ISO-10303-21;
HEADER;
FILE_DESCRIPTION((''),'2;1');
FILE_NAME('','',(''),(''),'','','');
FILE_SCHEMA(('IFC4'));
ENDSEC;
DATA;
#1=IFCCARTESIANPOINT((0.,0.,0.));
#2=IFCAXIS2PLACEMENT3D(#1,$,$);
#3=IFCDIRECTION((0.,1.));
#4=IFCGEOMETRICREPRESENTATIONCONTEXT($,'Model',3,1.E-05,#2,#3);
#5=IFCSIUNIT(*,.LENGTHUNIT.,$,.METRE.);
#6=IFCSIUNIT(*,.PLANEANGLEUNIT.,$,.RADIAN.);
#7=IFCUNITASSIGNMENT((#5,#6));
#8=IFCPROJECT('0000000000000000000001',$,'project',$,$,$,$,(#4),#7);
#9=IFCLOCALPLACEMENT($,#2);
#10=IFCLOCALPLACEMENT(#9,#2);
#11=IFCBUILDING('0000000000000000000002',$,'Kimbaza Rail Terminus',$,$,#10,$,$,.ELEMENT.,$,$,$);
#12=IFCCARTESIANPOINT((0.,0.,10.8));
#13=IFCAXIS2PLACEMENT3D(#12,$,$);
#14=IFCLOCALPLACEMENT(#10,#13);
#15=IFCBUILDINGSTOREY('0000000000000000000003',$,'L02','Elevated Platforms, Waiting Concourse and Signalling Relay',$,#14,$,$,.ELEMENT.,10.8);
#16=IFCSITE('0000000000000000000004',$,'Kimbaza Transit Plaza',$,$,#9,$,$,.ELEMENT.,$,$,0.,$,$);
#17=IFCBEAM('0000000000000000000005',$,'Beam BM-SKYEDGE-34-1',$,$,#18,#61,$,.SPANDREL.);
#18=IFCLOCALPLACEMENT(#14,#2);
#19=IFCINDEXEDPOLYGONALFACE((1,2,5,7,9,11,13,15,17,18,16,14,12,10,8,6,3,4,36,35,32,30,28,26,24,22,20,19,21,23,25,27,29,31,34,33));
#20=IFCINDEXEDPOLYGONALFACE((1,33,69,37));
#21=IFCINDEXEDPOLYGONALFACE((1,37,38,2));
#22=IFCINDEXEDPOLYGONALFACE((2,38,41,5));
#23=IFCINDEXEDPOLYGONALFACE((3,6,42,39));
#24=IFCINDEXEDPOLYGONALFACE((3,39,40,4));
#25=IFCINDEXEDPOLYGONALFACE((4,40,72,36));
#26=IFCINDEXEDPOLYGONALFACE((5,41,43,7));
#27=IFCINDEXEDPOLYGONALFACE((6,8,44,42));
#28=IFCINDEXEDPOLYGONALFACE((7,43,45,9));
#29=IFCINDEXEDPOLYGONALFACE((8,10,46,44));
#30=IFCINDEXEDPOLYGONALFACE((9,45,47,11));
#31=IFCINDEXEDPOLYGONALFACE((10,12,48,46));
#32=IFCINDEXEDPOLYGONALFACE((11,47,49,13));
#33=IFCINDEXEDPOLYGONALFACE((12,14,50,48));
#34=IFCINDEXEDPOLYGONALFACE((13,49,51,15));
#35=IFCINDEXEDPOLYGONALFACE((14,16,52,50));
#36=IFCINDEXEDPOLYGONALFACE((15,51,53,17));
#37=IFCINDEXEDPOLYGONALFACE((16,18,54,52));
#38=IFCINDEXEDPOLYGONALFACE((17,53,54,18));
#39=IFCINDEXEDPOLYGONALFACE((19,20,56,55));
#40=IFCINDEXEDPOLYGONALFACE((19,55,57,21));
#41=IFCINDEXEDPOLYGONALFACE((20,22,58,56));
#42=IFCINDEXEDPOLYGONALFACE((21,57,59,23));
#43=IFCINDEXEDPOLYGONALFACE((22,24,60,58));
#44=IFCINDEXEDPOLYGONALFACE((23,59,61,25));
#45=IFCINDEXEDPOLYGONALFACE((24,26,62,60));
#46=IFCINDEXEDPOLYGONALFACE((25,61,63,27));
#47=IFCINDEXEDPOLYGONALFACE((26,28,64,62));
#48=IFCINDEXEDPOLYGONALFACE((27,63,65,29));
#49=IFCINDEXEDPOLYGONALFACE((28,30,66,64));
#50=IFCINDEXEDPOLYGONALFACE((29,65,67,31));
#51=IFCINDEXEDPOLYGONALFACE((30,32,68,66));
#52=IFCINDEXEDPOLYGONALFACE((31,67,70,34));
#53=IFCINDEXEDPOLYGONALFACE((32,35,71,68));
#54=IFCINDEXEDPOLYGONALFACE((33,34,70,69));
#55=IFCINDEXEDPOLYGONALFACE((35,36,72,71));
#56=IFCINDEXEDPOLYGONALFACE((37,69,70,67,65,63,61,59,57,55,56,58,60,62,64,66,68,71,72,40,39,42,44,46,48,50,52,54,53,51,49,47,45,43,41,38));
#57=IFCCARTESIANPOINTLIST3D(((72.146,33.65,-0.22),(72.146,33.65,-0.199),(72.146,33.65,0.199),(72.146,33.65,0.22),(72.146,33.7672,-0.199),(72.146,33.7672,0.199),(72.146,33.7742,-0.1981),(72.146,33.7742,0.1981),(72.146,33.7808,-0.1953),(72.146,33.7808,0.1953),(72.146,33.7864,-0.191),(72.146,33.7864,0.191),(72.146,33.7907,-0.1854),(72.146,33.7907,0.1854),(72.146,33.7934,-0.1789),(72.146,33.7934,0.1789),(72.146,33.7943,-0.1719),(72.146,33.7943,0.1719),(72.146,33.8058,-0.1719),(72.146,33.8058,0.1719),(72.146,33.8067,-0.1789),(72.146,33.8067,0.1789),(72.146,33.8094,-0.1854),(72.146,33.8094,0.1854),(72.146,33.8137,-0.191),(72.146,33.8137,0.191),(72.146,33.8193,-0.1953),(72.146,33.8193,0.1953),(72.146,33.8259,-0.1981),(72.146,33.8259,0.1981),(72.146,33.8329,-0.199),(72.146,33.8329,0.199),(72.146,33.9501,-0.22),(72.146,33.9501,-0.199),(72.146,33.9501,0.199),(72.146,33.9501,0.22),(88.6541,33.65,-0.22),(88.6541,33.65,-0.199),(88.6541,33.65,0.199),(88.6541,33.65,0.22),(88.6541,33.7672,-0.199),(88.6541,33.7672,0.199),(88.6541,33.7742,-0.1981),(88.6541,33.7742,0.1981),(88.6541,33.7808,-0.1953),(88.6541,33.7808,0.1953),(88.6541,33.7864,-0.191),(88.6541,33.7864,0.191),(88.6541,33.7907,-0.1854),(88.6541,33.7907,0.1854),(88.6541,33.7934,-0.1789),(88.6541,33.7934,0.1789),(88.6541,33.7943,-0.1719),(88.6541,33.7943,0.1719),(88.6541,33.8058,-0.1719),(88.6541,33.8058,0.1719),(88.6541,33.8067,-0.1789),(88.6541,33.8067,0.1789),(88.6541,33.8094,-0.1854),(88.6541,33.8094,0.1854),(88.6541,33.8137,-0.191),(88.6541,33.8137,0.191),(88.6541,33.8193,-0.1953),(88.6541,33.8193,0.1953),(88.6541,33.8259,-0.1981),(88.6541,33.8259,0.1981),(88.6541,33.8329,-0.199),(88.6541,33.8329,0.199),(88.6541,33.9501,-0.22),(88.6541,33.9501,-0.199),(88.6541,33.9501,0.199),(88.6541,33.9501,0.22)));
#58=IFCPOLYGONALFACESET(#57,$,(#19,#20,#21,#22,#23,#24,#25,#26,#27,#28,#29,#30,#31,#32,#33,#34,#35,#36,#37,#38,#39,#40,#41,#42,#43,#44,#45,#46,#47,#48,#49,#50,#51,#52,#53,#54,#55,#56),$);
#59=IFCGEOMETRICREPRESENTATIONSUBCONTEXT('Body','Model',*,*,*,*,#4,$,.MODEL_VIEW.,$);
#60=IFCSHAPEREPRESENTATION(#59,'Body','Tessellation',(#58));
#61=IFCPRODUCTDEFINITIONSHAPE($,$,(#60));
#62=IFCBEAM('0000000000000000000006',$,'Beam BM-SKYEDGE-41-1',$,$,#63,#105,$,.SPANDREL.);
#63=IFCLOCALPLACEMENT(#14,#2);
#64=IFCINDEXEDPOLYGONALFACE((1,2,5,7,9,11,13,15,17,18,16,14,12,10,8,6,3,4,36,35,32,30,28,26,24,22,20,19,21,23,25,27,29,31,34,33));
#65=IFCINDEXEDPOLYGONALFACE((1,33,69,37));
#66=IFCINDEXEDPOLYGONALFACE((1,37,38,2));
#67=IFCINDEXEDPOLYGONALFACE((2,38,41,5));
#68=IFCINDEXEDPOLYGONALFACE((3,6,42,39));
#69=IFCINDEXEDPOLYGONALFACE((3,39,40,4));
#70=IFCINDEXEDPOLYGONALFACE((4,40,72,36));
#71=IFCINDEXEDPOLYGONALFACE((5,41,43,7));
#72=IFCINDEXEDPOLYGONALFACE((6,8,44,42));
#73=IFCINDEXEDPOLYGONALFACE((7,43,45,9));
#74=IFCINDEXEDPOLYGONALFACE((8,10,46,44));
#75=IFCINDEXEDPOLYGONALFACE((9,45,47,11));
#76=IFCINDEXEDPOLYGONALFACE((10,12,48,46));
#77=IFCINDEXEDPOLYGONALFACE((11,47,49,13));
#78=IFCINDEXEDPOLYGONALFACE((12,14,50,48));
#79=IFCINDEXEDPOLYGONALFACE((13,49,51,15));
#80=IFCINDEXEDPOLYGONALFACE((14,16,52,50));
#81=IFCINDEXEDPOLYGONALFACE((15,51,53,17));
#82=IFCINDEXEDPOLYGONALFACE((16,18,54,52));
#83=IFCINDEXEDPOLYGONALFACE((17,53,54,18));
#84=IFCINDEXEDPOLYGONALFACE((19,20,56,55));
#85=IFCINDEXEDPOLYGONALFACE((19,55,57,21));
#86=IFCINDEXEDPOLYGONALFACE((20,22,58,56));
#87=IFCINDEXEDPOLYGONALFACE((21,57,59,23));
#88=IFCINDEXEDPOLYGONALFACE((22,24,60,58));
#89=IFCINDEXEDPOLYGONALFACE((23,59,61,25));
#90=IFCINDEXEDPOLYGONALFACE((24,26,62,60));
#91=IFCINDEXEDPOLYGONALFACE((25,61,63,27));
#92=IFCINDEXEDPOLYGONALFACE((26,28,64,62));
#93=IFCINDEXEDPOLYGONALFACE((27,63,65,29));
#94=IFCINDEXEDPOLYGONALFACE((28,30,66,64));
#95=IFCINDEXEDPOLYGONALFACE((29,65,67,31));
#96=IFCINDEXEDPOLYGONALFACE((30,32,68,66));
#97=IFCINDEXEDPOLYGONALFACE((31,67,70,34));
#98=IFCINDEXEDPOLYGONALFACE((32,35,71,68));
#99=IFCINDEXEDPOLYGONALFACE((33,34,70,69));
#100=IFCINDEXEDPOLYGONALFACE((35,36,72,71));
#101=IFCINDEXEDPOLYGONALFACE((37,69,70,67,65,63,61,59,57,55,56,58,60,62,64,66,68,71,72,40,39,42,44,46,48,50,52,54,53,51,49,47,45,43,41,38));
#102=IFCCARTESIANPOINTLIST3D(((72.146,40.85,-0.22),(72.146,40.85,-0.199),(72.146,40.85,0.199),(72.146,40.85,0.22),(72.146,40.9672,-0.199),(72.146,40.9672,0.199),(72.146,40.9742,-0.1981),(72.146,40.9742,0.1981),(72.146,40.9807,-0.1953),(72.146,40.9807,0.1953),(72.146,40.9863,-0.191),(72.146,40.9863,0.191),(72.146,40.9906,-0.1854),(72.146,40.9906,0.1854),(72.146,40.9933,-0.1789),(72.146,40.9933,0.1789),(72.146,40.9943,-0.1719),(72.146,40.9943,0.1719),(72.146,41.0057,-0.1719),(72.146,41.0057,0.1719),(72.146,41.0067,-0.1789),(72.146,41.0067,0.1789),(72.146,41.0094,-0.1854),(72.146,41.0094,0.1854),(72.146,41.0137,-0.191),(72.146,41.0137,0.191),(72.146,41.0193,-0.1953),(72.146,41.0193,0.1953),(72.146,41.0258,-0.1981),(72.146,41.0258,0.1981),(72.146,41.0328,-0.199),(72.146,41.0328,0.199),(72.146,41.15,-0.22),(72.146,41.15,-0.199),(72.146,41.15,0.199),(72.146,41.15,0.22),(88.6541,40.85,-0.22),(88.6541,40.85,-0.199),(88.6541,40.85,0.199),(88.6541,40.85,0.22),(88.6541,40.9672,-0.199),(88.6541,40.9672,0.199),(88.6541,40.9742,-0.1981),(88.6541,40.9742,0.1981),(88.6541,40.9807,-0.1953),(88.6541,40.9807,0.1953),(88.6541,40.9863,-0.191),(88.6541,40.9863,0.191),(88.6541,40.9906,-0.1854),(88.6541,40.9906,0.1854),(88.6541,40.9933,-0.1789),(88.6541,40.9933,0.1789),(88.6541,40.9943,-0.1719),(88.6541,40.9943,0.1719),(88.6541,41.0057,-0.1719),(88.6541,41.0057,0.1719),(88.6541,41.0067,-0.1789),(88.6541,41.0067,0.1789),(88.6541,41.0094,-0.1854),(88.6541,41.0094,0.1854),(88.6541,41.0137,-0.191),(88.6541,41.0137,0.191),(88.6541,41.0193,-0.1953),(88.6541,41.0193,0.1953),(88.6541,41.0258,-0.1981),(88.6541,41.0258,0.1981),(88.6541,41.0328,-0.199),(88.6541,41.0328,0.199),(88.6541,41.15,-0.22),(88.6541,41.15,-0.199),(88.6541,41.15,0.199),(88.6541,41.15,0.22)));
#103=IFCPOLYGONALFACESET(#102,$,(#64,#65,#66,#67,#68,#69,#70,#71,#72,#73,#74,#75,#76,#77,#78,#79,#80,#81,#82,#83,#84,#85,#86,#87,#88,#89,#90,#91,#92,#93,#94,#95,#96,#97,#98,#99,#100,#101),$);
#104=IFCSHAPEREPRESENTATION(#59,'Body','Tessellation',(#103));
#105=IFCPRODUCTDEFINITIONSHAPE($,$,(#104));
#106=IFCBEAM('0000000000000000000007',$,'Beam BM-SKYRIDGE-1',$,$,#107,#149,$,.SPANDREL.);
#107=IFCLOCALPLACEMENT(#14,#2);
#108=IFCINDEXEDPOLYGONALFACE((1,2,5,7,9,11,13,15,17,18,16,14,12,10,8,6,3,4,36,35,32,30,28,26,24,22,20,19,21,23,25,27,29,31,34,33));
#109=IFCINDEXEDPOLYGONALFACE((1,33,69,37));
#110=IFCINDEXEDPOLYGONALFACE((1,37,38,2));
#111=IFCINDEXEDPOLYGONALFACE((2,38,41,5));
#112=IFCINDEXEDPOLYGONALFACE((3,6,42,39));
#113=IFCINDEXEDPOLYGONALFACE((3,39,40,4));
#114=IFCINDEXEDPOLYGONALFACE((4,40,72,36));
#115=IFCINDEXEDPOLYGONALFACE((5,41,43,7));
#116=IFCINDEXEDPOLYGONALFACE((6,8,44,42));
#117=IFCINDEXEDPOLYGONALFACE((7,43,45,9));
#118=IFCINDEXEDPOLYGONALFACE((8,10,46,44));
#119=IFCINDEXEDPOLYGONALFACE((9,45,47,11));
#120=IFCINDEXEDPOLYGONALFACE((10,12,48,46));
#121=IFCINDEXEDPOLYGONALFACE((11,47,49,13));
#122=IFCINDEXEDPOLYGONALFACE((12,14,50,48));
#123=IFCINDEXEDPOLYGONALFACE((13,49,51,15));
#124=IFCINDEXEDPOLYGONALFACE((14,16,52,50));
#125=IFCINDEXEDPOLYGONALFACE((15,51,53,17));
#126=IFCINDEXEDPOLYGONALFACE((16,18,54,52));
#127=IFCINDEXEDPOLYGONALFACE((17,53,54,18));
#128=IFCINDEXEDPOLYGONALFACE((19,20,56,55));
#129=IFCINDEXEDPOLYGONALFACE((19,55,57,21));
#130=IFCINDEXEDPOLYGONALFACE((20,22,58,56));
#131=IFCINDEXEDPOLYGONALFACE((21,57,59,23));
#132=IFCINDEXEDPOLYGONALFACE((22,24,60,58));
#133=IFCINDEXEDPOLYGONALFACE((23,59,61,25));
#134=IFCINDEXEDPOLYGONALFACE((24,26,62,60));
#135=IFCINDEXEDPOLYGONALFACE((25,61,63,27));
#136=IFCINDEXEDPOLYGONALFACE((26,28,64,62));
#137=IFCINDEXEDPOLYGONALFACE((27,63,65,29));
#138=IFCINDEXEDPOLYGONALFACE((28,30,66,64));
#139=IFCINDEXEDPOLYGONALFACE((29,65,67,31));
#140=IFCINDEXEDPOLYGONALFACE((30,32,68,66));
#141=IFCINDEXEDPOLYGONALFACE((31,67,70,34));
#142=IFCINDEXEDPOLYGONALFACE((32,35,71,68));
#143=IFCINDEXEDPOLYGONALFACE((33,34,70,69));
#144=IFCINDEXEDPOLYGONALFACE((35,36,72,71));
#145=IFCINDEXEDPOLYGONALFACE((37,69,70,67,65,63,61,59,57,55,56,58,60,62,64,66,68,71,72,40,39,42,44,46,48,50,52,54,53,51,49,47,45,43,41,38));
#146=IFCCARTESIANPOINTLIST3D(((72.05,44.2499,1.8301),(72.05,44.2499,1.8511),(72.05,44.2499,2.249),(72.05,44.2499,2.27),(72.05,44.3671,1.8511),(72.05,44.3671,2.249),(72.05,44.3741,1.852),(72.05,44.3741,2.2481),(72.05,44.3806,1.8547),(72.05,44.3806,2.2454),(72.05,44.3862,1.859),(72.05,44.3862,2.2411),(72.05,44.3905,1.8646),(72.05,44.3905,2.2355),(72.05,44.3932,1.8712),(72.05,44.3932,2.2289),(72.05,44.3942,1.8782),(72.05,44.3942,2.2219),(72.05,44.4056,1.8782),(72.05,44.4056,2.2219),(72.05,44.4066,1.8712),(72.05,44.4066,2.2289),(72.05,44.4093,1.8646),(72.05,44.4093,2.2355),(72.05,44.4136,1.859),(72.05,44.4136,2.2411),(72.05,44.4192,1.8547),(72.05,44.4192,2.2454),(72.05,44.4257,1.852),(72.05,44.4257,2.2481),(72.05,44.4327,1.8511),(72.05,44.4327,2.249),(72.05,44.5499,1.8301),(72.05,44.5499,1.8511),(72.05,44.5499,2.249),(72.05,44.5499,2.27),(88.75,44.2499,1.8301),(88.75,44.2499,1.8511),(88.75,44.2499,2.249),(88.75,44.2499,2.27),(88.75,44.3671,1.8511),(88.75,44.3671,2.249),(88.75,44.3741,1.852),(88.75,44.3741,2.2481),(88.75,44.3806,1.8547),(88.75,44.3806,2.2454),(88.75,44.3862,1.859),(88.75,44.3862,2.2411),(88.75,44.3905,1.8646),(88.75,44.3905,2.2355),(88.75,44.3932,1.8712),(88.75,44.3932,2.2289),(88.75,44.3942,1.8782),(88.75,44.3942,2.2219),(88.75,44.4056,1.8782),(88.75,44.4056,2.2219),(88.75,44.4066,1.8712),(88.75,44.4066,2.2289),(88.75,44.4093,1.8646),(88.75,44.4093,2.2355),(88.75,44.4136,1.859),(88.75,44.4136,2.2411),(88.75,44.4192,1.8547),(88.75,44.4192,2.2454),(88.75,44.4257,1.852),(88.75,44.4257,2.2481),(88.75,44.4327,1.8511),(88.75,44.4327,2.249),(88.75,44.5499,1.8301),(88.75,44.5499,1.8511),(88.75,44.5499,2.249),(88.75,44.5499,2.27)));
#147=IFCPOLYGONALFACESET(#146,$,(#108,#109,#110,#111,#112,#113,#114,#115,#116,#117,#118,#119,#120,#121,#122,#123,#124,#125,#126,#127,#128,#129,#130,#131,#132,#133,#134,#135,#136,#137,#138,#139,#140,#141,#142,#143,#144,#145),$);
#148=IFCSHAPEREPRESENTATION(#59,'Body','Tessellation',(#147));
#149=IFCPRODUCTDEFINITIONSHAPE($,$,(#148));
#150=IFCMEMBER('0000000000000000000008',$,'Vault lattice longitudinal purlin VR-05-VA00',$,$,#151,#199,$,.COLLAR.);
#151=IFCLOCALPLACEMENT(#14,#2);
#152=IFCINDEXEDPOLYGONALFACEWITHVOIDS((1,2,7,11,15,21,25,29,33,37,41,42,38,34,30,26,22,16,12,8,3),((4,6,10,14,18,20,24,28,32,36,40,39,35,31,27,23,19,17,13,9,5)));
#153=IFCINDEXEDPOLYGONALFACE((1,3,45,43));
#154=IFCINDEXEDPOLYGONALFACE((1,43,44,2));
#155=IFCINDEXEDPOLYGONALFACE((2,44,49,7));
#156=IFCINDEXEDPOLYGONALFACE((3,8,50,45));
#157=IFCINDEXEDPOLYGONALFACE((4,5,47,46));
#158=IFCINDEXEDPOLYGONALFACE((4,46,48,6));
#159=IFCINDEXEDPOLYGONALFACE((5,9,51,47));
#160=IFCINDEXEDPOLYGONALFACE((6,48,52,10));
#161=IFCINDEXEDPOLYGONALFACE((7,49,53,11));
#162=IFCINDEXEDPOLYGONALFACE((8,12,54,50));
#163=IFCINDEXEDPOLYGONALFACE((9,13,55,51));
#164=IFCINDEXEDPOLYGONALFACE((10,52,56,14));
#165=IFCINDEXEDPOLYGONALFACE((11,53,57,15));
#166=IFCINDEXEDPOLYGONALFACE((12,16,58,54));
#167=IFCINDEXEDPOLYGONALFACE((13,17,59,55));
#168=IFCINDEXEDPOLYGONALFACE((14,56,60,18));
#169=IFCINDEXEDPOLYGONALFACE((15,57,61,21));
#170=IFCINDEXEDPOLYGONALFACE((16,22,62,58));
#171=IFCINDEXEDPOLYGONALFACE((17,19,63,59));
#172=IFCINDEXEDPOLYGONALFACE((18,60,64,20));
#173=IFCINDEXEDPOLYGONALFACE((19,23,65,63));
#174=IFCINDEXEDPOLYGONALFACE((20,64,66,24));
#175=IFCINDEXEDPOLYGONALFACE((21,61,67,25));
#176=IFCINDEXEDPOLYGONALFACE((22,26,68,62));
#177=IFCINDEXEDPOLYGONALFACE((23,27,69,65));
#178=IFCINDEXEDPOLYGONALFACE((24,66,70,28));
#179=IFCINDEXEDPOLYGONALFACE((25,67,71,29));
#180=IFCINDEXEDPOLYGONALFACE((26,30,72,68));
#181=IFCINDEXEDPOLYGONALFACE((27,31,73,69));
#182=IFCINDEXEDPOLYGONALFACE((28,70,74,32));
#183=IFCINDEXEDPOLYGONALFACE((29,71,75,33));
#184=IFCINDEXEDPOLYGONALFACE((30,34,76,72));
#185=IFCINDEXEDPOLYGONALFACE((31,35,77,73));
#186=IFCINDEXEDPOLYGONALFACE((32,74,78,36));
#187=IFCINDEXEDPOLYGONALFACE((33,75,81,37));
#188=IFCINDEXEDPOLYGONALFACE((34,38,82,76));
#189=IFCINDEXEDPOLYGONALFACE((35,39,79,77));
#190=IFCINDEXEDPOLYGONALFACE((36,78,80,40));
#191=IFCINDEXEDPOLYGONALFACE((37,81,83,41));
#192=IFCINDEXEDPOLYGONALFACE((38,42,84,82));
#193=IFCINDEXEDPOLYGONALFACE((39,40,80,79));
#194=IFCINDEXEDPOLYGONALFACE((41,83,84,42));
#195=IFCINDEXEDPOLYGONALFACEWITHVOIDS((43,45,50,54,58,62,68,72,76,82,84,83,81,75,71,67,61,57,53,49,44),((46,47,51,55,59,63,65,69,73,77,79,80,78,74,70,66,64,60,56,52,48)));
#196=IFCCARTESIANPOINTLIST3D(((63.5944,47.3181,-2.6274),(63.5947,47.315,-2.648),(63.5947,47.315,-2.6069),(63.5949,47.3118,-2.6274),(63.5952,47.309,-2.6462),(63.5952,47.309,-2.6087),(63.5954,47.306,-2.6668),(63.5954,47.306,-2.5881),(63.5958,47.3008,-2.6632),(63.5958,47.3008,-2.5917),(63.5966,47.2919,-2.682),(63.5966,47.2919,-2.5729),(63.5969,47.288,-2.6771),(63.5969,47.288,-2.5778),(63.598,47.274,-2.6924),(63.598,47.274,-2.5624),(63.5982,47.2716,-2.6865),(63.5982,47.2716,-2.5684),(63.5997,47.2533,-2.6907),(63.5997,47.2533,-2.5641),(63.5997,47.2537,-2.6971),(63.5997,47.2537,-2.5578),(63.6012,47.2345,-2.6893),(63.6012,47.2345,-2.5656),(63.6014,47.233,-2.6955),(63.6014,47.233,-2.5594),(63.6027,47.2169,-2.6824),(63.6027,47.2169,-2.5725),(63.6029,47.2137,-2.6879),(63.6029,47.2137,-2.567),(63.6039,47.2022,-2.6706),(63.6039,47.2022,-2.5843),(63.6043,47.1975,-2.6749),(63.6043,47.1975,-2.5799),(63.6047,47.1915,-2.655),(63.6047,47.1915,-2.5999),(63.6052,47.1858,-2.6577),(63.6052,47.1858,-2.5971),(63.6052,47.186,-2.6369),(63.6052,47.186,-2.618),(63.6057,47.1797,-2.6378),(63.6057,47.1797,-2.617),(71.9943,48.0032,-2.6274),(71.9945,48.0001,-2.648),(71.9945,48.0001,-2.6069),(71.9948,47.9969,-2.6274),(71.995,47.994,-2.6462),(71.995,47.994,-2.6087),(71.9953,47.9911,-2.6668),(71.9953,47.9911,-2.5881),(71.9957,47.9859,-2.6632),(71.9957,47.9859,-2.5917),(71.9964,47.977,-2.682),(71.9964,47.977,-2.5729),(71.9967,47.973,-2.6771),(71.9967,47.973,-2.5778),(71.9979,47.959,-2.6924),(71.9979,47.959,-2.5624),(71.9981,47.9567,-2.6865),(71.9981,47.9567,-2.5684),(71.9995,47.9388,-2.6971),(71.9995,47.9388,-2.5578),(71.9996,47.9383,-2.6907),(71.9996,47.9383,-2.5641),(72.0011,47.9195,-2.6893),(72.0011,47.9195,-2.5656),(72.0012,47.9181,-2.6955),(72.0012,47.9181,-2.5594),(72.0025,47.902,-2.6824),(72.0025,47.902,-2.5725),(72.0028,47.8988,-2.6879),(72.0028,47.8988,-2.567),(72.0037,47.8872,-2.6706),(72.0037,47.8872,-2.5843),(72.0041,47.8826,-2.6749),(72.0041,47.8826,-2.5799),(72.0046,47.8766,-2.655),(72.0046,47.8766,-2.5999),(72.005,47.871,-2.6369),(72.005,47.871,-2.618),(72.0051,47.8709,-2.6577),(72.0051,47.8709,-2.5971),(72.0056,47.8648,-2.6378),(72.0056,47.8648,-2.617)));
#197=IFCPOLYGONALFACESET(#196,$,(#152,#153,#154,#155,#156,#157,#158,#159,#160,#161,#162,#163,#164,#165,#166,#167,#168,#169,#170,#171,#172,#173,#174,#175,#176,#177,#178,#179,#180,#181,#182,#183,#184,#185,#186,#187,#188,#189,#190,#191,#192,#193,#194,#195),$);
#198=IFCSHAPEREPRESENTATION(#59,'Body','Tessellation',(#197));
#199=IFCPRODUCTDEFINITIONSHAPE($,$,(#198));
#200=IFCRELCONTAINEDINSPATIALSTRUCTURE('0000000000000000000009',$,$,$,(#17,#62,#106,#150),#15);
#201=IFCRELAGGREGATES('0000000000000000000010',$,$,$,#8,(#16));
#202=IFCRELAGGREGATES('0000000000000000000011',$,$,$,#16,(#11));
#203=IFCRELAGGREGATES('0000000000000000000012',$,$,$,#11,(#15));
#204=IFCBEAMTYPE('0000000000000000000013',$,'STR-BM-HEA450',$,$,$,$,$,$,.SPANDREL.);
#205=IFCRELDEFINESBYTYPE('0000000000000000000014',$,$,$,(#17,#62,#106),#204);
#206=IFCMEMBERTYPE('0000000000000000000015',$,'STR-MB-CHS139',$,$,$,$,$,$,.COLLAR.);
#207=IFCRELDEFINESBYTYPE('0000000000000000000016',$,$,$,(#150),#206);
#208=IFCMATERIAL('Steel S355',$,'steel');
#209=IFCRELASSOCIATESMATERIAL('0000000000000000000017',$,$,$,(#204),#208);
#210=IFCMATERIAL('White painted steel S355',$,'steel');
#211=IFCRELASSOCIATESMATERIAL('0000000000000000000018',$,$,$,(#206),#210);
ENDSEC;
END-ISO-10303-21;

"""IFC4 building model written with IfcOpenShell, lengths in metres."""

from ifc_helpers import new_model, si_unit, direction, frame, origin, origin_2d, place, context, subcontext, project, spatial, hollow_circle, i_section, extrude, material, material_profile, profile_set, type_object, element, save


model = new_model("IFC4")

# Units and contexts
model_context = context("Model", 3, precision=1e-05, world=origin(), true_north=direction((0.0, 1.0)))
body_context = subcontext(model_context, "Body", "Model", "MODEL_VIEW")
ifc_project = project(units=[si_unit("LENGTHUNIT", "METRE"), si_unit("PLANEANGLEUNIT", "RADIAN")], contexts=[model_context])

# Site, building, storey
site_placement = place(None, origin())
site = spatial("IfcSite", under=ifc_project, at=site_placement, Name="Kimbaza Transit Plaza", CompositionType="ELEMENT", RefElevation=0.0)
building_placement = place(site_placement, origin())
building = spatial("IfcBuilding", under=site, at=building_placement, Name="Kimbaza Rail Terminus", CompositionType="ELEMENT")
storey_placement = place(building_placement, frame((0.0, 0.0, 10.8)))
storey = spatial("IfcBuildingStorey", under=building, at=storey_placement, Name="L02", Description="Elevated Platforms, Waiting Concourse and Signalling Relay", CompositionType="ELEMENT", Elevation=10.8)

# Beams
ifc_material_1 = material(Name="Steel S355", Category="steel")
ifc_material_profile_1 = material_profile(ifc_material_1, i_section(OverallWidth=0.3, OverallDepth=0.4399, WebThickness=0.0115, FlangeThickness=0.021, FilletRadius=0.0271, at=origin_2d()), Name="HEA 450")
ifc_profile_set_1 = profile_set([ifc_material_profile_1], Name="Steel S355")
beam_type = type_object("IfcBeamType", Name="STR-BM-HEA450", PredefinedType="SPANDREL", material=ifc_profile_set_1)
for number, where, z_axis, x_axis, name in (
    (1, (72.146, 33.8, 0.0), (1.0, 0.0, 0.0), (0.0, 1.0, 0.0), "Beam BM-SKYEDGE-34-1"),
    (2, (72.146, 41.0, 0.0), (1.0, 0.0, 0.0), (0.0, 1.0, 0.0), "Beam BM-SKYEDGE-41-1"),
):
    element("IfcBeam", number, at=place(storey_placement, frame(where, z_axis=z_axis, x_axis=x_axis)), inside=storey, type_object=beam_type, Name=name, PredefinedType="SPANDREL", context=body_context, shape_type="SweptSolid", body=[
        extrude(i_section(OverallWidth=0.3, OverallDepth=0.4399, WebThickness=0.0115, FlangeThickness=0.021, FilletRadius=0.0271, at=origin_2d()), origin(), (0.0, 0.0, 1.0), 16.5081),
    ])
beam_placement = place(storey_placement, frame((72.05, 44.3999, 2.05), z_axis=(1.0, 0.0, 0.0), x_axis=(0.0, 1.0, 0.0)))
element("IfcBeam", 3, at=beam_placement, inside=storey, type_object=beam_type, Name="Beam BM-SKYRIDGE-1", PredefinedType="SPANDREL", context=body_context, shape_type="SweptSolid", body=[
    extrude(i_section(OverallWidth=0.3, OverallDepth=0.4399, WebThickness=0.0115, FlangeThickness=0.021, FilletRadius=0.0271, at=origin_2d()), origin(), (0.0, 0.0, 1.0), 16.7),
])

# Member
ifc_material_2 = material(Name="White painted steel S355", Category="steel")
ifc_material_profile_2 = material_profile(ifc_material_2, hollow_circle(Radius=0.0698, WallThickness=0.0063, at=origin_2d()), Name="CHS 139.7x6.3")
ifc_profile_set_2 = profile_set([ifc_material_profile_2], Name="White painted steel S355")
member_type_1 = type_object("IfcMemberType", Name="STR-MB-CHS139", PredefinedType="COLLAR", material=ifc_profile_set_2)
member_1_placement = place(storey_placement, frame((63.6001, 47.2485, -2.6274), z_axis=(0.996691, 0.081286, 0.0), x_axis=(-0.081286, 0.996691, 0.0)))
element("IfcMember", 4, at=member_1_placement, inside=storey, type_object=member_type_1, Name="Vault lattice longitudinal purlin VR-05-VA00", PredefinedType="COLLAR", context=body_context, shape_type="SweptSolid", body=[
    extrude(hollow_circle(Radius=0.0698, WallThickness=0.0063, at=origin_2d()), origin(), (0.0, 0.0, 1.0), 8.4277),
])

save(model, "model.ifc")
